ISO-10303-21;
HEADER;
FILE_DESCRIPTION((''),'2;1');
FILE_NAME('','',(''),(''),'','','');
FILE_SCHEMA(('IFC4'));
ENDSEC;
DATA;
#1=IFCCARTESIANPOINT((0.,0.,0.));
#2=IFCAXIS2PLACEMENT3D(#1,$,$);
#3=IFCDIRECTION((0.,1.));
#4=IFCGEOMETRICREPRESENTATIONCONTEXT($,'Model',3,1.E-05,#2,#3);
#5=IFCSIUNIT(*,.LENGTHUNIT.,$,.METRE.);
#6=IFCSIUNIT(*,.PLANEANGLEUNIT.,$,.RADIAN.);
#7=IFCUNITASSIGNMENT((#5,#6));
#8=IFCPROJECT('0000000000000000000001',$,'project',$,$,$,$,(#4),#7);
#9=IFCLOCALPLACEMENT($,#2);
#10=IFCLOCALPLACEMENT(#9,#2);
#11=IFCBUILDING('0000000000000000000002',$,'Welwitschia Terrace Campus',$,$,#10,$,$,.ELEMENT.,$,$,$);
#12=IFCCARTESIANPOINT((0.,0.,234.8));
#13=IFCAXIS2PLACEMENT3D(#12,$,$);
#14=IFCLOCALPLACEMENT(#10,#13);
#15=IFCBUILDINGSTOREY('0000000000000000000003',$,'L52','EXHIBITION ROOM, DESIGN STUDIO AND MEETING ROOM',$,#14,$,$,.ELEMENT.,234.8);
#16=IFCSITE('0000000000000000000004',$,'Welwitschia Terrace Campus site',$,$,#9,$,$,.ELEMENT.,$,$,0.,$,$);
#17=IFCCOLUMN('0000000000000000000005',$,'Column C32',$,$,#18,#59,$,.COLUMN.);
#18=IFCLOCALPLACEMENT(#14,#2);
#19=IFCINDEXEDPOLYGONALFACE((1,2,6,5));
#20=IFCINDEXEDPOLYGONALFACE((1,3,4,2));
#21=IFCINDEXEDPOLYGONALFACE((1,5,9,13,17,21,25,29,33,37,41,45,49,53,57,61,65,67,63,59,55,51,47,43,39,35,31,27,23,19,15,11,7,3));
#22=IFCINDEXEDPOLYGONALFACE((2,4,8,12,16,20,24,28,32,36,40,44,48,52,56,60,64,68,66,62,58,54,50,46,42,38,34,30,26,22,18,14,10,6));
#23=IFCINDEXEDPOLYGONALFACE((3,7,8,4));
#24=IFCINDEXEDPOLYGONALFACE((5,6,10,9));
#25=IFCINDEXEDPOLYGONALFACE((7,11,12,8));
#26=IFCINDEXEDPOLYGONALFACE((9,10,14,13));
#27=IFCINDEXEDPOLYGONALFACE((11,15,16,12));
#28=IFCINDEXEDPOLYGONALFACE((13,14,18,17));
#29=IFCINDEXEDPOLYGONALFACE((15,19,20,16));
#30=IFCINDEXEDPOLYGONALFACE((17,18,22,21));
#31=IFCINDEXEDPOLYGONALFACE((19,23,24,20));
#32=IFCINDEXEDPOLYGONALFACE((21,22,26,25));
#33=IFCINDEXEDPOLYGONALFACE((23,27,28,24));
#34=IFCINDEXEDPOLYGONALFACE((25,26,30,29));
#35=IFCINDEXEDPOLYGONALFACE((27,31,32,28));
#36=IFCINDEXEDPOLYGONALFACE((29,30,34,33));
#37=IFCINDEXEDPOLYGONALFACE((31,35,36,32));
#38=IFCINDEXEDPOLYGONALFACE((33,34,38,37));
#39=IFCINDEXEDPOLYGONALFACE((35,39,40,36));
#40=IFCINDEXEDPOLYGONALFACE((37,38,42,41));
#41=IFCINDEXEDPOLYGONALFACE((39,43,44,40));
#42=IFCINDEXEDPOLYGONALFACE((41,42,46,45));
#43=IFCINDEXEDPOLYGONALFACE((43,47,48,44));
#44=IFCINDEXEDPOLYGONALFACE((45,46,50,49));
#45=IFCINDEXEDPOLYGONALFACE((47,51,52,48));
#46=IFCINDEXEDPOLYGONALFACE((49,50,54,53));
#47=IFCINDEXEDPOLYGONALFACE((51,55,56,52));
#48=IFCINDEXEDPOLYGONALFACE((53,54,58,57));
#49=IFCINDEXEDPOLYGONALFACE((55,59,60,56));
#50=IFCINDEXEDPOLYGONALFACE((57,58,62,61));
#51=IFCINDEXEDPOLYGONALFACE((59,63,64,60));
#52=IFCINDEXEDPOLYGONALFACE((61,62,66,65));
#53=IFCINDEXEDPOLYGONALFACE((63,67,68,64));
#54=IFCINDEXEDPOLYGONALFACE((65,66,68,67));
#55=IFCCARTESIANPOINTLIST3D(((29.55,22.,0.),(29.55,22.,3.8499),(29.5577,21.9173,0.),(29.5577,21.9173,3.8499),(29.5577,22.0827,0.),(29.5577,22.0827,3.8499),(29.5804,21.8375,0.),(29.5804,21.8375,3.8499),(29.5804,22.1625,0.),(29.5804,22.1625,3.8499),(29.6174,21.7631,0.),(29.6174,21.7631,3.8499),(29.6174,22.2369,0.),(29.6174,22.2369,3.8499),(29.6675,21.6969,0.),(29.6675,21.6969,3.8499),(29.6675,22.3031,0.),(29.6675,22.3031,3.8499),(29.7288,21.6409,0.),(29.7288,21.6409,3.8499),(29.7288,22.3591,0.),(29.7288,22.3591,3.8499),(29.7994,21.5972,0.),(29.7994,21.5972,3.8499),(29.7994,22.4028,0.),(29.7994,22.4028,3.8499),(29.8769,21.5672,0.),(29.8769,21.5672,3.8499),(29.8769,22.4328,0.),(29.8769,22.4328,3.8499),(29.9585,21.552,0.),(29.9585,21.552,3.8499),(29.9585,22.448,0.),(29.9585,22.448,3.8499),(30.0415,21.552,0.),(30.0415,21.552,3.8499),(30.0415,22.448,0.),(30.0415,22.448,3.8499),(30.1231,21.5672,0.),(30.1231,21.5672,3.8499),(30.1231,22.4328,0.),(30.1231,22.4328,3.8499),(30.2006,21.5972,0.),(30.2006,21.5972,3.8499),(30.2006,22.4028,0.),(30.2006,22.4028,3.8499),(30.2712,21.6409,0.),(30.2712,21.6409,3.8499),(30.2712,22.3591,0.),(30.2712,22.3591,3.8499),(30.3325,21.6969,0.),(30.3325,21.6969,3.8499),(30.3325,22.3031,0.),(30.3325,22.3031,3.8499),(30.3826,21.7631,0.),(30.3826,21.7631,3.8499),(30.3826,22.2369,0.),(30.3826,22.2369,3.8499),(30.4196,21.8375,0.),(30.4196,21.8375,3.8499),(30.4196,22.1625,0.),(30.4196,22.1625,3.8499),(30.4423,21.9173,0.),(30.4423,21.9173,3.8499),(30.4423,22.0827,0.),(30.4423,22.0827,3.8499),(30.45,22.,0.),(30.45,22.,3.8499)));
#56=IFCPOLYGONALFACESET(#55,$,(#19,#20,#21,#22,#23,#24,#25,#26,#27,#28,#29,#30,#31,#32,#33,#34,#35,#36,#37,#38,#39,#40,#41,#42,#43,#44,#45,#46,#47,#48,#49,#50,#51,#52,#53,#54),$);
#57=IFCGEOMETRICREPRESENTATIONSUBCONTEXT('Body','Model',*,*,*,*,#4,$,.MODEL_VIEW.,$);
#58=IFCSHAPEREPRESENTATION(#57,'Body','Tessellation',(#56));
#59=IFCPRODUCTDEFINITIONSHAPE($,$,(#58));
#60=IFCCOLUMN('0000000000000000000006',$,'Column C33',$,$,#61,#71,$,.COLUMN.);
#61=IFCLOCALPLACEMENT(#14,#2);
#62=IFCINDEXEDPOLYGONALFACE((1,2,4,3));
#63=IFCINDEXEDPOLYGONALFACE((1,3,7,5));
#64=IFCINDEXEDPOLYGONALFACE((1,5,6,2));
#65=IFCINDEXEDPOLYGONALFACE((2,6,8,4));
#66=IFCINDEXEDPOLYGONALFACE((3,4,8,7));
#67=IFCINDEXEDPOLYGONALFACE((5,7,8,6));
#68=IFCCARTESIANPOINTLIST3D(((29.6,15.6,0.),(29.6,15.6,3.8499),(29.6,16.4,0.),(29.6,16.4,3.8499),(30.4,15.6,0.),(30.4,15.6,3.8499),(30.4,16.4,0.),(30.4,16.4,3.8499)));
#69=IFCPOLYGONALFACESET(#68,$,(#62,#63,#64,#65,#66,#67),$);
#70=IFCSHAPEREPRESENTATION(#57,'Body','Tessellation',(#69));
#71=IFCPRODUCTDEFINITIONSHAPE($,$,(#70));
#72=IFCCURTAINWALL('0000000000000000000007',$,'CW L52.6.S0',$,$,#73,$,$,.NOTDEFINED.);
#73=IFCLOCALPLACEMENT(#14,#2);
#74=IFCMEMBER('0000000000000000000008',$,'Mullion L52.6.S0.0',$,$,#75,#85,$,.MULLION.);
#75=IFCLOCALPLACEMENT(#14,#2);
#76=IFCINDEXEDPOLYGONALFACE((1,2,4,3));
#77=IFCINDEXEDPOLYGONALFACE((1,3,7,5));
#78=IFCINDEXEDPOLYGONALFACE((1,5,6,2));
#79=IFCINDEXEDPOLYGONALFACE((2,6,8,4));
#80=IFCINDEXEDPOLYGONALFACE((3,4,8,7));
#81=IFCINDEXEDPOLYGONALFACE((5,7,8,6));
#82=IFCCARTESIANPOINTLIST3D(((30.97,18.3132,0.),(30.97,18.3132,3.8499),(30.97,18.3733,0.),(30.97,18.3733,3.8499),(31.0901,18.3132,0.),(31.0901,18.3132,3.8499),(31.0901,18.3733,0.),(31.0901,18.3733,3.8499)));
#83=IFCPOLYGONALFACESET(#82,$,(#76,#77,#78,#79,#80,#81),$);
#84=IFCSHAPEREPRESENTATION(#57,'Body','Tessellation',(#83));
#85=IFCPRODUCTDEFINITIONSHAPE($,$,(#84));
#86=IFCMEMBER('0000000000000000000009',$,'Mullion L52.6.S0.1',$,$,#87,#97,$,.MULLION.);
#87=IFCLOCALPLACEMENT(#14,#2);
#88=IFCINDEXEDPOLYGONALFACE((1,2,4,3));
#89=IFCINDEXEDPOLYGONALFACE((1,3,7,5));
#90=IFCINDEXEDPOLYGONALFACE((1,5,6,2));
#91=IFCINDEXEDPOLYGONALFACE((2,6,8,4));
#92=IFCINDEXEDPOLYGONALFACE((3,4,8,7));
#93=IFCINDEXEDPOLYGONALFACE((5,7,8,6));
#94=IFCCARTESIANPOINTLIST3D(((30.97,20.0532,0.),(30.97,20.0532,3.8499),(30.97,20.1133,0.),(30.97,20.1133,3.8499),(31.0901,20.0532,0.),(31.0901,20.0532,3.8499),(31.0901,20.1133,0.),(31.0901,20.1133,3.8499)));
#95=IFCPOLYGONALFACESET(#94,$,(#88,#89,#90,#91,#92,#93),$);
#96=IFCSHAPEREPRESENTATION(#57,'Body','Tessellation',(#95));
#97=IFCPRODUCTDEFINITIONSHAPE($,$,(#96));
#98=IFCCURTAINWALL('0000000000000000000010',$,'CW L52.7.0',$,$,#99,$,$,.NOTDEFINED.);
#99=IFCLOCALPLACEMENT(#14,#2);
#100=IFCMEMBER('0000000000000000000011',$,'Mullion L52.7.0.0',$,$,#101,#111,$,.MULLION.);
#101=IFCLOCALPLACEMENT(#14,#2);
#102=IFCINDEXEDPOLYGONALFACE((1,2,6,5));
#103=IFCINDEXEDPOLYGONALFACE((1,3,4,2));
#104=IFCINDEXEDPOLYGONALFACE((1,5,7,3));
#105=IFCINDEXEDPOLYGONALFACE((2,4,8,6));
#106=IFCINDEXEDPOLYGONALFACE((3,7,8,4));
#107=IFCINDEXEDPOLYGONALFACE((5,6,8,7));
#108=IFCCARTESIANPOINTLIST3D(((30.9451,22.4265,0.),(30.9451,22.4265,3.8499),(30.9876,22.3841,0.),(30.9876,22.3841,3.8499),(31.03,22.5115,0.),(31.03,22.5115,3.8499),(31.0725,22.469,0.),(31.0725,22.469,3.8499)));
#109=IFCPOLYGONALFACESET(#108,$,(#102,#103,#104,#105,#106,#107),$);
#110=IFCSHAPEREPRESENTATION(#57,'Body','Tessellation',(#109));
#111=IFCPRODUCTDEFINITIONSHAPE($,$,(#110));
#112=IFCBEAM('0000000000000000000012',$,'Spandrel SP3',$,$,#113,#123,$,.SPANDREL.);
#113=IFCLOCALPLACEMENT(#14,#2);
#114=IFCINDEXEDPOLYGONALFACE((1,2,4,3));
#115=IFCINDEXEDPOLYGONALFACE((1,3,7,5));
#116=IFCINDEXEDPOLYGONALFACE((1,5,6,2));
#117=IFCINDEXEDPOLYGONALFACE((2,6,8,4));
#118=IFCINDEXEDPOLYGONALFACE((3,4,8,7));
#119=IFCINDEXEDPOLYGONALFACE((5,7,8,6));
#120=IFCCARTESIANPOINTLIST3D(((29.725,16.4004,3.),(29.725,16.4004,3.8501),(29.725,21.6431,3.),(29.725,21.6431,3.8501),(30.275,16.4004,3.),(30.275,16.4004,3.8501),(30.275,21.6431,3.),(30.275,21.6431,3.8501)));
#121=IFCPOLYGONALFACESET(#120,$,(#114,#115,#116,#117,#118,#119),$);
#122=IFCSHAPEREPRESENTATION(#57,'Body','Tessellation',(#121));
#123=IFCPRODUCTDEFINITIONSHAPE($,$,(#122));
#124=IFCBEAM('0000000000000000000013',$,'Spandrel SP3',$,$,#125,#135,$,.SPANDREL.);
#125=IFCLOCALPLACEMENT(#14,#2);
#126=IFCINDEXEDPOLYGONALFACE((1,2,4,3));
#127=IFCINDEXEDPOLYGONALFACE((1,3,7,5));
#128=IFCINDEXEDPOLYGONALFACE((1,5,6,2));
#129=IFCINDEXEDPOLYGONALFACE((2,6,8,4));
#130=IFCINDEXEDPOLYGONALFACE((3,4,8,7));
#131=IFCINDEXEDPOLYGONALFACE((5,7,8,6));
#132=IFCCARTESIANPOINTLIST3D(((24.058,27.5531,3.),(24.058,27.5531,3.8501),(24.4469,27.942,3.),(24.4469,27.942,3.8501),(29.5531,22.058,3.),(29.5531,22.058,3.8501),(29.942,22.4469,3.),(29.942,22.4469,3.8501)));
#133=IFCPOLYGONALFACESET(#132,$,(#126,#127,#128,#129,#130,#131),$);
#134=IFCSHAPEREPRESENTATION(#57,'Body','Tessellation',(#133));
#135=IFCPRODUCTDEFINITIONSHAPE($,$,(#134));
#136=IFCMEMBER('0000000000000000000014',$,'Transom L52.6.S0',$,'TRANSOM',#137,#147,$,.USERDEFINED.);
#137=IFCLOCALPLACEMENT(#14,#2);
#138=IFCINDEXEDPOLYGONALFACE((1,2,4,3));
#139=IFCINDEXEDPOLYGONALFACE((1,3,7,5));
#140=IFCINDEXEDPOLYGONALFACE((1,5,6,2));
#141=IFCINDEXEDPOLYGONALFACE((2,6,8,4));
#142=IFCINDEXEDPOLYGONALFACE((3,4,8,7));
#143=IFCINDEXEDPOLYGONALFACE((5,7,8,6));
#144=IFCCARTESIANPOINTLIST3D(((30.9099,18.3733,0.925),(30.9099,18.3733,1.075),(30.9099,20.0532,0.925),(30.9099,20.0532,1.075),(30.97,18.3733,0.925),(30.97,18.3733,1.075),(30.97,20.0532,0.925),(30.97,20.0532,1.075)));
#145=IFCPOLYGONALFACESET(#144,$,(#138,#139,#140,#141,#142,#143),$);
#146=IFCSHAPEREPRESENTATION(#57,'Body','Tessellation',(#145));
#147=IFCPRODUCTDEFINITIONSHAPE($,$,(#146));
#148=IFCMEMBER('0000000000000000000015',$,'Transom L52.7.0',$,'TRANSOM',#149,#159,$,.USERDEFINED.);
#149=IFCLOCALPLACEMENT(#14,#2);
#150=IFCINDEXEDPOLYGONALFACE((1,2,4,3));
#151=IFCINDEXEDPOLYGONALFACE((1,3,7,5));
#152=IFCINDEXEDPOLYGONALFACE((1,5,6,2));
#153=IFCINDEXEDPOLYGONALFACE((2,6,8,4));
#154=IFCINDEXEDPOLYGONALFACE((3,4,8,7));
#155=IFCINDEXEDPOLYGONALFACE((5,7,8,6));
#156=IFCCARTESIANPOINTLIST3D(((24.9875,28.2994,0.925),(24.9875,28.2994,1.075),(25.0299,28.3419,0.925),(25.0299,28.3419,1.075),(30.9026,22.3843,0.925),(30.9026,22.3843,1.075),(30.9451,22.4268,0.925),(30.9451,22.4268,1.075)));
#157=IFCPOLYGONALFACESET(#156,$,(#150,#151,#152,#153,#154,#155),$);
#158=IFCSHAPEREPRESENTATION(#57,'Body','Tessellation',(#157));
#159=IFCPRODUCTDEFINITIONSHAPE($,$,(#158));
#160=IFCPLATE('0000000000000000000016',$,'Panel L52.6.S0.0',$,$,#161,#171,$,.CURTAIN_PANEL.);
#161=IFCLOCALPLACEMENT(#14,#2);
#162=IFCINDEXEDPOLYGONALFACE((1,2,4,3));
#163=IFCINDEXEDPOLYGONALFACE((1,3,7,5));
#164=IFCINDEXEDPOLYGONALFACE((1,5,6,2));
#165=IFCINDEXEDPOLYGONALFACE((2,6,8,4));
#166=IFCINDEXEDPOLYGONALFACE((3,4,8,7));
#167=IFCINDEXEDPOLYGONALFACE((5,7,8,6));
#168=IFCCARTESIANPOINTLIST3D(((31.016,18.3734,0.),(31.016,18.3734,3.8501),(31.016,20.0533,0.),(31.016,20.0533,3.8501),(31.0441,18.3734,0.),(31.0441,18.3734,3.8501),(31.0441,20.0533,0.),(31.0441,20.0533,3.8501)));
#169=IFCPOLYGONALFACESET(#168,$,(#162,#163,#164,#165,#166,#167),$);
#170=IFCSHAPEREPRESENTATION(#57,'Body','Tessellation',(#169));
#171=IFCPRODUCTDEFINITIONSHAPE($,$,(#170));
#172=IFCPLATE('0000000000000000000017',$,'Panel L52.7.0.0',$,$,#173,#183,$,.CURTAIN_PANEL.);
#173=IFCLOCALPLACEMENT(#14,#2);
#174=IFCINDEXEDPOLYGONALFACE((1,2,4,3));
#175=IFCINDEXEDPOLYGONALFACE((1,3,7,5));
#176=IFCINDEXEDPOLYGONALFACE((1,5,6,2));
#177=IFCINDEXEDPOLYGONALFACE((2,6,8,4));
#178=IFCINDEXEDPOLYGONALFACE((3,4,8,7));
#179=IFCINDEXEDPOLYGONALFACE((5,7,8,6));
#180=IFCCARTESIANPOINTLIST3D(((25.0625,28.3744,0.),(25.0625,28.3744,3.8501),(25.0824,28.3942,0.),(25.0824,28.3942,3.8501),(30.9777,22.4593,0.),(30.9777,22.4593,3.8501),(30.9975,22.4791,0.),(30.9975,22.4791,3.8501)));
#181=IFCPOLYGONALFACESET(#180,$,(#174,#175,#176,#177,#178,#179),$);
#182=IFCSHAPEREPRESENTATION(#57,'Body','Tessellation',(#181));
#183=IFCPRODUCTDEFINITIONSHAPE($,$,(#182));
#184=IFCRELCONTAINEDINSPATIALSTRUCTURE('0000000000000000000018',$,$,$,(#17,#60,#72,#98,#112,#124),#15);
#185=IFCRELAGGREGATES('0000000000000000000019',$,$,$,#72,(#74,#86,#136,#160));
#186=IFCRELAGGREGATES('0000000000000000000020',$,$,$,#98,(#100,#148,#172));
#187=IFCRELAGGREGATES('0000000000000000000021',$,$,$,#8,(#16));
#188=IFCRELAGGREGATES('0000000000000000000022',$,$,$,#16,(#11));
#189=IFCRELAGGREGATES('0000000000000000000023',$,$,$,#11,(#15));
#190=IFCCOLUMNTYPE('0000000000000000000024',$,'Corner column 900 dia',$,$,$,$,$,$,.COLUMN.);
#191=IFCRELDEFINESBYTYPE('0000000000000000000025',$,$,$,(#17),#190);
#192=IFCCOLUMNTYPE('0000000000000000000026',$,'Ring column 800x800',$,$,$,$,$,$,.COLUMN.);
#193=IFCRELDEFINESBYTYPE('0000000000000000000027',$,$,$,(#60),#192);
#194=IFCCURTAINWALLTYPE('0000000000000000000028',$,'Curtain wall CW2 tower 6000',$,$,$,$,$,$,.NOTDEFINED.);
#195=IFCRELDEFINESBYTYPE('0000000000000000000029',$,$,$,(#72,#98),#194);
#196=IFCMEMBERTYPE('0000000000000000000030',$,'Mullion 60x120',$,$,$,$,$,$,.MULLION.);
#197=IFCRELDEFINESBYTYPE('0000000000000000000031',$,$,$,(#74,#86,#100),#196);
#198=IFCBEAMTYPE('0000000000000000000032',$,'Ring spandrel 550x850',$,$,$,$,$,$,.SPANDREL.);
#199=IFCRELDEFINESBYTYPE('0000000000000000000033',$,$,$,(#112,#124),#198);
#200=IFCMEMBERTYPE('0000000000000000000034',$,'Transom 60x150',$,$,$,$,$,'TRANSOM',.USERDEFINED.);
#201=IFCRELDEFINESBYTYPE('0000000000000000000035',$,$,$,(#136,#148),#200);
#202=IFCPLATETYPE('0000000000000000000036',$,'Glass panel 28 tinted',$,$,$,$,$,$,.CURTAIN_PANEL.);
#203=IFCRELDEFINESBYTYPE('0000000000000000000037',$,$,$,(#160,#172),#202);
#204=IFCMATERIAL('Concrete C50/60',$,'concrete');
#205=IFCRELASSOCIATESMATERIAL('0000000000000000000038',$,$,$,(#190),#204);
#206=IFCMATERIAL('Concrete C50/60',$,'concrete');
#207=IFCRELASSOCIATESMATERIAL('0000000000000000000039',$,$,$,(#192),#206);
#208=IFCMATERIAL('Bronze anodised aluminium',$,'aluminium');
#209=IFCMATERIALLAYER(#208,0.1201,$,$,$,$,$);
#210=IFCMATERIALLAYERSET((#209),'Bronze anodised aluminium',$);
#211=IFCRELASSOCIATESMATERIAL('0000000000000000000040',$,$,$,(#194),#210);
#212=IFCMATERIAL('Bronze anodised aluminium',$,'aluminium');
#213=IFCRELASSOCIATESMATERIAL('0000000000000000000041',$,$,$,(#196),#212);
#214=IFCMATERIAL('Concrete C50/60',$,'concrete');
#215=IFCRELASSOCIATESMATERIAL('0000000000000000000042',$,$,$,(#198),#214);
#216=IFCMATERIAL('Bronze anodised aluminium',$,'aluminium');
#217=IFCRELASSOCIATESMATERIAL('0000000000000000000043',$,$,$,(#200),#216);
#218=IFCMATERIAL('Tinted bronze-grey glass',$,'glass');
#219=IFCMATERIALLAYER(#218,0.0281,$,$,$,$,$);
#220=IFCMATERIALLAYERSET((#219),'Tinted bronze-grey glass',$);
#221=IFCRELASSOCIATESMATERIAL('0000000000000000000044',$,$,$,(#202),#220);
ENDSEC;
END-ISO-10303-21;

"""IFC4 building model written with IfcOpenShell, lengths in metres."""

from ifc_helpers import new_model, si_unit, direction, frame, origin, origin_2d, place, context, subcontext, project, spatial, rectangle, circle, extrude, material, layer, layer_set, material_profile, profile_set, type_object, element, aggregate, save


model = new_model("IFC4")

# Units and contexts
model_context = context("Model", 3, precision=1e-05, world=origin(), true_north=direction((0.0, 1.0)))
body_context = subcontext(model_context, "Body", "Model", "MODEL_VIEW")
ifc_project = project(units=[si_unit("LENGTHUNIT", "METRE"), si_unit("PLANEANGLEUNIT", "RADIAN")], contexts=[model_context])

# Site, building, storey
site_placement = place(None, origin())
site = spatial("IfcSite", under=ifc_project, at=site_placement, Name="Welwitschia Terrace Campus site", CompositionType="ELEMENT", RefElevation=0.0)
building_placement = place(site_placement, origin())
building = spatial("IfcBuilding", under=site, at=building_placement, Name="Welwitschia Terrace Campus", CompositionType="ELEMENT")
storey_placement = place(building_placement, frame((0.0, 0.0, 234.8)))
storey = spatial("IfcBuildingStorey", under=building, at=storey_placement, Name="L52", Description="EXHIBITION ROOM, DESIGN STUDIO AND MEETING ROOM", CompositionType="ELEMENT", Elevation=234.8)

# Columns
ifc_material_1 = material(Name="Concrete C50/60", Category="concrete")
ifc_material_profile_1 = material_profile(ifc_material_1, circle(Radius=0.45, at=origin_2d()))
ifc_profile_set_1 = profile_set([ifc_material_profile_1], Name="Concrete C50/60")
column_type_1 = type_object("IfcColumnType", Name="Corner column 900 dia", PredefinedType="COLUMN", material=ifc_profile_set_1)
column_1_placement = place(storey_placement, frame((30.0, 22.0, 0.0), z_axis=(0.0, 0.0, 1.0), x_axis=(1.0, 0.0, 0.0)))
element("IfcColumn", 1, at=column_1_placement, inside=storey, type_object=column_type_1, Name="Column C32", PredefinedType="COLUMN", context=body_context, shape_type="SweptSolid", body=[
    extrude(circle(Radius=0.45, at=origin_2d()), origin(), (0.0, 0.0, 1.0), 3.8499),
])
ifc_material_2 = material(Name="Concrete C50/60", Category="concrete")
ifc_material_profile_2 = material_profile(ifc_material_2, rectangle(XDim=0.8, YDim=0.8, at=origin_2d()))
ifc_profile_set_2 = profile_set([ifc_material_profile_2], Name="Concrete C50/60")
column_type_2 = type_object("IfcColumnType", Name="Ring column 800x800", PredefinedType="COLUMN", material=ifc_profile_set_2)
column_2_placement = place(storey_placement, frame((30.0, 16.0, 0.0), z_axis=(0.0, 0.0, 1.0), x_axis=(1.0, 0.0, 0.0)))
element("IfcColumn", 2, at=column_2_placement, inside=storey, type_object=column_type_2, Name="Column C33", PredefinedType="COLUMN", context=body_context, shape_type="SweptSolid", body=[
    extrude(rectangle(XDim=0.8, YDim=0.8, at=origin_2d()), origin(), (0.0, 0.0, 1.0), 3.8499),
])

# Curtain wall, members
ifc_material_3 = material(Name="Bronze anodised aluminium", Category="aluminium")
ifc_layer_1 = layer(ifc_material_3, 0.1201)
ifc_layer_set_1 = layer_set([ifc_layer_1], Name="Bronze anodised aluminium")
curtain_wall_type = type_object("IfcCurtainWallType", Name="Curtain wall CW2 tower 6000", PredefinedType="NOTDEFINED", material=ifc_layer_set_1)
curtain_wall_1_placement = place(storey_placement, origin())
curtain_wall_1 = element("IfcCurtainWall", 3, at=curtain_wall_1_placement, inside=storey, type_object=curtain_wall_type, Name="CW L52.6.S0", PredefinedType="NOTDEFINED")
ifc_material_4 = material(Name="Bronze anodised aluminium", Category="aluminium")
ifc_material_profile_3 = material_profile(ifc_material_4, rectangle(XDim=0.1201, YDim=0.0601, at=origin_2d()))
ifc_profile_set_3 = profile_set([ifc_material_profile_3], Name="Bronze anodised aluminium")
member_type_1 = type_object("IfcMemberType", Name="Mullion 60x120", PredefinedType="MULLION", material=ifc_profile_set_3)
member_1_placement = place(storey_placement, frame((31.03, 18.3433, 0.0), z_axis=(0.0, 0.0, 1.0), x_axis=(-1.0, 0.0, 0.0)))
member_1 = element("IfcMember", 4, at=member_1_placement, type_object=member_type_1, Name="Mullion L52.6.S0.0", PredefinedType="MULLION", context=body_context, shape_type="SweptSolid", body=[
    extrude(rectangle(XDim=0.1201, YDim=0.0601, at=origin_2d()), origin(), (0.0, 0.0, 1.0), 3.8499),
])
member_2_placement = place(storey_placement, frame((31.03, 20.0833, 0.0), z_axis=(0.0, 0.0, 1.0), x_axis=(-1.0, 0.0, 0.0)))
member_2 = element("IfcMember", 5, at=member_2_placement, type_object=member_type_1, Name="Mullion L52.6.S0.1", PredefinedType="MULLION", context=body_context, shape_type="SweptSolid", body=[
    extrude(rectangle(XDim=0.1201, YDim=0.0601, at=origin_2d()), origin(), (0.0, 0.0, 1.0), 3.8499),
])

# Curtain wall, member
curtain_wall_2_placement = place(storey_placement, origin())
curtain_wall_2 = element("IfcCurtainWall", 6, at=curtain_wall_2_placement, inside=storey, type_object=curtain_wall_type, Name="CW L52.7.0", PredefinedType="NOTDEFINED")
member_3_placement = place(storey_placement, frame((31.0088, 22.4478, 0.0), z_axis=(0.0, 0.0, 1.0), x_axis=(-0.707107, -0.707107, 0.0)))
member_3 = element("IfcMember", 7, at=member_3_placement, type_object=member_type_1, Name="Mullion L52.7.0.0", PredefinedType="MULLION", context=body_context, shape_type="SweptSolid", body=[
    extrude(rectangle(XDim=0.1201, YDim=0.0601, at=origin_2d()), origin(), (0.0, 0.0, 1.0), 3.8499),
])

# Beams
ifc_material_5 = material(Name="Concrete C50/60", Category="concrete")
ifc_material_profile_4 = material_profile(ifc_material_5, rectangle(XDim=0.55, YDim=0.8501, at=origin_2d()))
ifc_profile_set_4 = profile_set([ifc_material_profile_4], Name="Concrete C50/60")
beam_type = type_object("IfcBeamType", Name="Ring spandrel 550x850", PredefinedType="SPANDREL", material=ifc_profile_set_4)
beam_1_placement = place(storey_placement, frame((30.0, 16.4004, 3.425), z_axis=(0.0, 1.0, 0.0), x_axis=(-1.0, 0.0, 0.0)))
element("IfcBeam", 8, at=beam_1_placement, inside=storey, type_object=beam_type, Name="Spandrel SP3", PredefinedType="SPANDREL", context=body_context, shape_type="SweptSolid", body=[
    extrude(rectangle(XDim=0.55, YDim=0.8501, at=origin_2d()), origin(), (0.0, 0.0, 1.0), 5.2427),
])
beam_2_placement = place(storey_placement, frame((29.7476, 22.2524, 3.425), z_axis=(-0.707107, 0.707107, 0.0), x_axis=(-0.707107, -0.707107, 0.0)))
element("IfcBeam", 9, at=beam_2_placement, inside=storey, type_object=beam_type, Name="Spandrel SP3", PredefinedType="SPANDREL", context=body_context, shape_type="SweptSolid", body=[
    extrude(rectangle(XDim=0.55, YDim=0.8501, at=origin_2d()), origin(), (0.0, 0.0, 1.0), 7.7712),
])

# Members
ifc_material_6 = material(Name="Bronze anodised aluminium", Category="aluminium")
ifc_material_profile_5 = material_profile(ifc_material_6, rectangle(XDim=0.0601, YDim=0.1499, at=origin_2d()))
ifc_profile_set_5 = profile_set([ifc_material_profile_5], Name="Bronze anodised aluminium")
member_type_2 = type_object("IfcMemberType", Name="Transom 60x150", ElementType="TRANSOM", PredefinedType="USERDEFINED", material=ifc_profile_set_5)
member_4_placement = place(storey_placement, frame((30.9399, 18.3733, 1.0), z_axis=(0.0, 1.0, 0.0), x_axis=(-1.0, 0.0, 0.0)))
member_4 = element("IfcMember", 10, at=member_4_placement, type_object=member_type_2, Name="Transom L52.6.S0", ObjectType="TRANSOM", PredefinedType="USERDEFINED", context=body_context, shape_type="SweptSolid", body=[
    extrude(rectangle(XDim=0.0601, YDim=0.1499, at=origin_2d()), origin(), (0.0, 0.0, 1.0), 1.6799),
])
member_5_placement = place(storey_placement, frame((30.9238, 22.4055, 1.0), z_axis=(-0.707107, 0.707107, 0.0), x_axis=(-0.707107, -0.707107, 0.0)))
member_5 = element("IfcMember", 11, at=member_5_placement, type_object=member_type_2, Name="Transom L52.7.0", ObjectType="TRANSOM", PredefinedType="USERDEFINED", context=body_context, shape_type="SweptSolid", body=[
    extrude(rectangle(XDim=0.0601, YDim=0.1499, at=origin_2d()), origin(), (0.0, 0.0, 1.0), 8.3652),
])

# Plates
ifc_material_7 = material(Name="Tinted bronze-grey glass", Category="glass")
ifc_layer_2 = layer(ifc_material_7, 0.0281)
ifc_layer_set_2 = layer_set([ifc_layer_2], Name="Tinted bronze-grey glass")
plate_type = type_object("IfcPlateType", Name="Glass panel 28 tinted", PredefinedType="CURTAIN_PANEL", material=ifc_layer_set_2)
plate_1_placement = place(storey_placement, frame((31.03, 19.2134, 0.0), z_axis=(0.0, 0.0, 1.0), x_axis=(0.0, 1.0, 0.0)))
plate_1 = element("IfcPlate", 12, at=plate_1_placement, type_object=plate_type, Name="Panel L52.6.S0.0", PredefinedType="CURTAIN_PANEL", context=body_context, shape_type="SweptSolid", body=[
    extrude(rectangle(XDim=1.6799, YDim=0.0281, at=origin_2d()), origin(), (0.0, 0.0, 1.0), 3.8501),
])
aggregate(curtain_wall_1, [member_1, member_2, member_4, plate_1])
plate_2_placement = place(storey_placement, frame((28.03, 25.4268, 0.0), z_axis=(0.0, 0.0, 1.0), x_axis=(-0.707107, 0.707107, 0.0)))
plate_2 = element("IfcPlate", 13, at=plate_2_placement, type_object=plate_type, Name="Panel L52.7.0.0", PredefinedType="CURTAIN_PANEL", context=body_context, shape_type="SweptSolid", body=[
    extrude(rectangle(XDim=8.3652, YDim=0.0281, at=origin_2d()), origin(), (0.0, 0.0, 1.0), 3.8501),
])
aggregate(curtain_wall_2, [member_3, member_5, plate_2])

save(model, "model.ifc")
